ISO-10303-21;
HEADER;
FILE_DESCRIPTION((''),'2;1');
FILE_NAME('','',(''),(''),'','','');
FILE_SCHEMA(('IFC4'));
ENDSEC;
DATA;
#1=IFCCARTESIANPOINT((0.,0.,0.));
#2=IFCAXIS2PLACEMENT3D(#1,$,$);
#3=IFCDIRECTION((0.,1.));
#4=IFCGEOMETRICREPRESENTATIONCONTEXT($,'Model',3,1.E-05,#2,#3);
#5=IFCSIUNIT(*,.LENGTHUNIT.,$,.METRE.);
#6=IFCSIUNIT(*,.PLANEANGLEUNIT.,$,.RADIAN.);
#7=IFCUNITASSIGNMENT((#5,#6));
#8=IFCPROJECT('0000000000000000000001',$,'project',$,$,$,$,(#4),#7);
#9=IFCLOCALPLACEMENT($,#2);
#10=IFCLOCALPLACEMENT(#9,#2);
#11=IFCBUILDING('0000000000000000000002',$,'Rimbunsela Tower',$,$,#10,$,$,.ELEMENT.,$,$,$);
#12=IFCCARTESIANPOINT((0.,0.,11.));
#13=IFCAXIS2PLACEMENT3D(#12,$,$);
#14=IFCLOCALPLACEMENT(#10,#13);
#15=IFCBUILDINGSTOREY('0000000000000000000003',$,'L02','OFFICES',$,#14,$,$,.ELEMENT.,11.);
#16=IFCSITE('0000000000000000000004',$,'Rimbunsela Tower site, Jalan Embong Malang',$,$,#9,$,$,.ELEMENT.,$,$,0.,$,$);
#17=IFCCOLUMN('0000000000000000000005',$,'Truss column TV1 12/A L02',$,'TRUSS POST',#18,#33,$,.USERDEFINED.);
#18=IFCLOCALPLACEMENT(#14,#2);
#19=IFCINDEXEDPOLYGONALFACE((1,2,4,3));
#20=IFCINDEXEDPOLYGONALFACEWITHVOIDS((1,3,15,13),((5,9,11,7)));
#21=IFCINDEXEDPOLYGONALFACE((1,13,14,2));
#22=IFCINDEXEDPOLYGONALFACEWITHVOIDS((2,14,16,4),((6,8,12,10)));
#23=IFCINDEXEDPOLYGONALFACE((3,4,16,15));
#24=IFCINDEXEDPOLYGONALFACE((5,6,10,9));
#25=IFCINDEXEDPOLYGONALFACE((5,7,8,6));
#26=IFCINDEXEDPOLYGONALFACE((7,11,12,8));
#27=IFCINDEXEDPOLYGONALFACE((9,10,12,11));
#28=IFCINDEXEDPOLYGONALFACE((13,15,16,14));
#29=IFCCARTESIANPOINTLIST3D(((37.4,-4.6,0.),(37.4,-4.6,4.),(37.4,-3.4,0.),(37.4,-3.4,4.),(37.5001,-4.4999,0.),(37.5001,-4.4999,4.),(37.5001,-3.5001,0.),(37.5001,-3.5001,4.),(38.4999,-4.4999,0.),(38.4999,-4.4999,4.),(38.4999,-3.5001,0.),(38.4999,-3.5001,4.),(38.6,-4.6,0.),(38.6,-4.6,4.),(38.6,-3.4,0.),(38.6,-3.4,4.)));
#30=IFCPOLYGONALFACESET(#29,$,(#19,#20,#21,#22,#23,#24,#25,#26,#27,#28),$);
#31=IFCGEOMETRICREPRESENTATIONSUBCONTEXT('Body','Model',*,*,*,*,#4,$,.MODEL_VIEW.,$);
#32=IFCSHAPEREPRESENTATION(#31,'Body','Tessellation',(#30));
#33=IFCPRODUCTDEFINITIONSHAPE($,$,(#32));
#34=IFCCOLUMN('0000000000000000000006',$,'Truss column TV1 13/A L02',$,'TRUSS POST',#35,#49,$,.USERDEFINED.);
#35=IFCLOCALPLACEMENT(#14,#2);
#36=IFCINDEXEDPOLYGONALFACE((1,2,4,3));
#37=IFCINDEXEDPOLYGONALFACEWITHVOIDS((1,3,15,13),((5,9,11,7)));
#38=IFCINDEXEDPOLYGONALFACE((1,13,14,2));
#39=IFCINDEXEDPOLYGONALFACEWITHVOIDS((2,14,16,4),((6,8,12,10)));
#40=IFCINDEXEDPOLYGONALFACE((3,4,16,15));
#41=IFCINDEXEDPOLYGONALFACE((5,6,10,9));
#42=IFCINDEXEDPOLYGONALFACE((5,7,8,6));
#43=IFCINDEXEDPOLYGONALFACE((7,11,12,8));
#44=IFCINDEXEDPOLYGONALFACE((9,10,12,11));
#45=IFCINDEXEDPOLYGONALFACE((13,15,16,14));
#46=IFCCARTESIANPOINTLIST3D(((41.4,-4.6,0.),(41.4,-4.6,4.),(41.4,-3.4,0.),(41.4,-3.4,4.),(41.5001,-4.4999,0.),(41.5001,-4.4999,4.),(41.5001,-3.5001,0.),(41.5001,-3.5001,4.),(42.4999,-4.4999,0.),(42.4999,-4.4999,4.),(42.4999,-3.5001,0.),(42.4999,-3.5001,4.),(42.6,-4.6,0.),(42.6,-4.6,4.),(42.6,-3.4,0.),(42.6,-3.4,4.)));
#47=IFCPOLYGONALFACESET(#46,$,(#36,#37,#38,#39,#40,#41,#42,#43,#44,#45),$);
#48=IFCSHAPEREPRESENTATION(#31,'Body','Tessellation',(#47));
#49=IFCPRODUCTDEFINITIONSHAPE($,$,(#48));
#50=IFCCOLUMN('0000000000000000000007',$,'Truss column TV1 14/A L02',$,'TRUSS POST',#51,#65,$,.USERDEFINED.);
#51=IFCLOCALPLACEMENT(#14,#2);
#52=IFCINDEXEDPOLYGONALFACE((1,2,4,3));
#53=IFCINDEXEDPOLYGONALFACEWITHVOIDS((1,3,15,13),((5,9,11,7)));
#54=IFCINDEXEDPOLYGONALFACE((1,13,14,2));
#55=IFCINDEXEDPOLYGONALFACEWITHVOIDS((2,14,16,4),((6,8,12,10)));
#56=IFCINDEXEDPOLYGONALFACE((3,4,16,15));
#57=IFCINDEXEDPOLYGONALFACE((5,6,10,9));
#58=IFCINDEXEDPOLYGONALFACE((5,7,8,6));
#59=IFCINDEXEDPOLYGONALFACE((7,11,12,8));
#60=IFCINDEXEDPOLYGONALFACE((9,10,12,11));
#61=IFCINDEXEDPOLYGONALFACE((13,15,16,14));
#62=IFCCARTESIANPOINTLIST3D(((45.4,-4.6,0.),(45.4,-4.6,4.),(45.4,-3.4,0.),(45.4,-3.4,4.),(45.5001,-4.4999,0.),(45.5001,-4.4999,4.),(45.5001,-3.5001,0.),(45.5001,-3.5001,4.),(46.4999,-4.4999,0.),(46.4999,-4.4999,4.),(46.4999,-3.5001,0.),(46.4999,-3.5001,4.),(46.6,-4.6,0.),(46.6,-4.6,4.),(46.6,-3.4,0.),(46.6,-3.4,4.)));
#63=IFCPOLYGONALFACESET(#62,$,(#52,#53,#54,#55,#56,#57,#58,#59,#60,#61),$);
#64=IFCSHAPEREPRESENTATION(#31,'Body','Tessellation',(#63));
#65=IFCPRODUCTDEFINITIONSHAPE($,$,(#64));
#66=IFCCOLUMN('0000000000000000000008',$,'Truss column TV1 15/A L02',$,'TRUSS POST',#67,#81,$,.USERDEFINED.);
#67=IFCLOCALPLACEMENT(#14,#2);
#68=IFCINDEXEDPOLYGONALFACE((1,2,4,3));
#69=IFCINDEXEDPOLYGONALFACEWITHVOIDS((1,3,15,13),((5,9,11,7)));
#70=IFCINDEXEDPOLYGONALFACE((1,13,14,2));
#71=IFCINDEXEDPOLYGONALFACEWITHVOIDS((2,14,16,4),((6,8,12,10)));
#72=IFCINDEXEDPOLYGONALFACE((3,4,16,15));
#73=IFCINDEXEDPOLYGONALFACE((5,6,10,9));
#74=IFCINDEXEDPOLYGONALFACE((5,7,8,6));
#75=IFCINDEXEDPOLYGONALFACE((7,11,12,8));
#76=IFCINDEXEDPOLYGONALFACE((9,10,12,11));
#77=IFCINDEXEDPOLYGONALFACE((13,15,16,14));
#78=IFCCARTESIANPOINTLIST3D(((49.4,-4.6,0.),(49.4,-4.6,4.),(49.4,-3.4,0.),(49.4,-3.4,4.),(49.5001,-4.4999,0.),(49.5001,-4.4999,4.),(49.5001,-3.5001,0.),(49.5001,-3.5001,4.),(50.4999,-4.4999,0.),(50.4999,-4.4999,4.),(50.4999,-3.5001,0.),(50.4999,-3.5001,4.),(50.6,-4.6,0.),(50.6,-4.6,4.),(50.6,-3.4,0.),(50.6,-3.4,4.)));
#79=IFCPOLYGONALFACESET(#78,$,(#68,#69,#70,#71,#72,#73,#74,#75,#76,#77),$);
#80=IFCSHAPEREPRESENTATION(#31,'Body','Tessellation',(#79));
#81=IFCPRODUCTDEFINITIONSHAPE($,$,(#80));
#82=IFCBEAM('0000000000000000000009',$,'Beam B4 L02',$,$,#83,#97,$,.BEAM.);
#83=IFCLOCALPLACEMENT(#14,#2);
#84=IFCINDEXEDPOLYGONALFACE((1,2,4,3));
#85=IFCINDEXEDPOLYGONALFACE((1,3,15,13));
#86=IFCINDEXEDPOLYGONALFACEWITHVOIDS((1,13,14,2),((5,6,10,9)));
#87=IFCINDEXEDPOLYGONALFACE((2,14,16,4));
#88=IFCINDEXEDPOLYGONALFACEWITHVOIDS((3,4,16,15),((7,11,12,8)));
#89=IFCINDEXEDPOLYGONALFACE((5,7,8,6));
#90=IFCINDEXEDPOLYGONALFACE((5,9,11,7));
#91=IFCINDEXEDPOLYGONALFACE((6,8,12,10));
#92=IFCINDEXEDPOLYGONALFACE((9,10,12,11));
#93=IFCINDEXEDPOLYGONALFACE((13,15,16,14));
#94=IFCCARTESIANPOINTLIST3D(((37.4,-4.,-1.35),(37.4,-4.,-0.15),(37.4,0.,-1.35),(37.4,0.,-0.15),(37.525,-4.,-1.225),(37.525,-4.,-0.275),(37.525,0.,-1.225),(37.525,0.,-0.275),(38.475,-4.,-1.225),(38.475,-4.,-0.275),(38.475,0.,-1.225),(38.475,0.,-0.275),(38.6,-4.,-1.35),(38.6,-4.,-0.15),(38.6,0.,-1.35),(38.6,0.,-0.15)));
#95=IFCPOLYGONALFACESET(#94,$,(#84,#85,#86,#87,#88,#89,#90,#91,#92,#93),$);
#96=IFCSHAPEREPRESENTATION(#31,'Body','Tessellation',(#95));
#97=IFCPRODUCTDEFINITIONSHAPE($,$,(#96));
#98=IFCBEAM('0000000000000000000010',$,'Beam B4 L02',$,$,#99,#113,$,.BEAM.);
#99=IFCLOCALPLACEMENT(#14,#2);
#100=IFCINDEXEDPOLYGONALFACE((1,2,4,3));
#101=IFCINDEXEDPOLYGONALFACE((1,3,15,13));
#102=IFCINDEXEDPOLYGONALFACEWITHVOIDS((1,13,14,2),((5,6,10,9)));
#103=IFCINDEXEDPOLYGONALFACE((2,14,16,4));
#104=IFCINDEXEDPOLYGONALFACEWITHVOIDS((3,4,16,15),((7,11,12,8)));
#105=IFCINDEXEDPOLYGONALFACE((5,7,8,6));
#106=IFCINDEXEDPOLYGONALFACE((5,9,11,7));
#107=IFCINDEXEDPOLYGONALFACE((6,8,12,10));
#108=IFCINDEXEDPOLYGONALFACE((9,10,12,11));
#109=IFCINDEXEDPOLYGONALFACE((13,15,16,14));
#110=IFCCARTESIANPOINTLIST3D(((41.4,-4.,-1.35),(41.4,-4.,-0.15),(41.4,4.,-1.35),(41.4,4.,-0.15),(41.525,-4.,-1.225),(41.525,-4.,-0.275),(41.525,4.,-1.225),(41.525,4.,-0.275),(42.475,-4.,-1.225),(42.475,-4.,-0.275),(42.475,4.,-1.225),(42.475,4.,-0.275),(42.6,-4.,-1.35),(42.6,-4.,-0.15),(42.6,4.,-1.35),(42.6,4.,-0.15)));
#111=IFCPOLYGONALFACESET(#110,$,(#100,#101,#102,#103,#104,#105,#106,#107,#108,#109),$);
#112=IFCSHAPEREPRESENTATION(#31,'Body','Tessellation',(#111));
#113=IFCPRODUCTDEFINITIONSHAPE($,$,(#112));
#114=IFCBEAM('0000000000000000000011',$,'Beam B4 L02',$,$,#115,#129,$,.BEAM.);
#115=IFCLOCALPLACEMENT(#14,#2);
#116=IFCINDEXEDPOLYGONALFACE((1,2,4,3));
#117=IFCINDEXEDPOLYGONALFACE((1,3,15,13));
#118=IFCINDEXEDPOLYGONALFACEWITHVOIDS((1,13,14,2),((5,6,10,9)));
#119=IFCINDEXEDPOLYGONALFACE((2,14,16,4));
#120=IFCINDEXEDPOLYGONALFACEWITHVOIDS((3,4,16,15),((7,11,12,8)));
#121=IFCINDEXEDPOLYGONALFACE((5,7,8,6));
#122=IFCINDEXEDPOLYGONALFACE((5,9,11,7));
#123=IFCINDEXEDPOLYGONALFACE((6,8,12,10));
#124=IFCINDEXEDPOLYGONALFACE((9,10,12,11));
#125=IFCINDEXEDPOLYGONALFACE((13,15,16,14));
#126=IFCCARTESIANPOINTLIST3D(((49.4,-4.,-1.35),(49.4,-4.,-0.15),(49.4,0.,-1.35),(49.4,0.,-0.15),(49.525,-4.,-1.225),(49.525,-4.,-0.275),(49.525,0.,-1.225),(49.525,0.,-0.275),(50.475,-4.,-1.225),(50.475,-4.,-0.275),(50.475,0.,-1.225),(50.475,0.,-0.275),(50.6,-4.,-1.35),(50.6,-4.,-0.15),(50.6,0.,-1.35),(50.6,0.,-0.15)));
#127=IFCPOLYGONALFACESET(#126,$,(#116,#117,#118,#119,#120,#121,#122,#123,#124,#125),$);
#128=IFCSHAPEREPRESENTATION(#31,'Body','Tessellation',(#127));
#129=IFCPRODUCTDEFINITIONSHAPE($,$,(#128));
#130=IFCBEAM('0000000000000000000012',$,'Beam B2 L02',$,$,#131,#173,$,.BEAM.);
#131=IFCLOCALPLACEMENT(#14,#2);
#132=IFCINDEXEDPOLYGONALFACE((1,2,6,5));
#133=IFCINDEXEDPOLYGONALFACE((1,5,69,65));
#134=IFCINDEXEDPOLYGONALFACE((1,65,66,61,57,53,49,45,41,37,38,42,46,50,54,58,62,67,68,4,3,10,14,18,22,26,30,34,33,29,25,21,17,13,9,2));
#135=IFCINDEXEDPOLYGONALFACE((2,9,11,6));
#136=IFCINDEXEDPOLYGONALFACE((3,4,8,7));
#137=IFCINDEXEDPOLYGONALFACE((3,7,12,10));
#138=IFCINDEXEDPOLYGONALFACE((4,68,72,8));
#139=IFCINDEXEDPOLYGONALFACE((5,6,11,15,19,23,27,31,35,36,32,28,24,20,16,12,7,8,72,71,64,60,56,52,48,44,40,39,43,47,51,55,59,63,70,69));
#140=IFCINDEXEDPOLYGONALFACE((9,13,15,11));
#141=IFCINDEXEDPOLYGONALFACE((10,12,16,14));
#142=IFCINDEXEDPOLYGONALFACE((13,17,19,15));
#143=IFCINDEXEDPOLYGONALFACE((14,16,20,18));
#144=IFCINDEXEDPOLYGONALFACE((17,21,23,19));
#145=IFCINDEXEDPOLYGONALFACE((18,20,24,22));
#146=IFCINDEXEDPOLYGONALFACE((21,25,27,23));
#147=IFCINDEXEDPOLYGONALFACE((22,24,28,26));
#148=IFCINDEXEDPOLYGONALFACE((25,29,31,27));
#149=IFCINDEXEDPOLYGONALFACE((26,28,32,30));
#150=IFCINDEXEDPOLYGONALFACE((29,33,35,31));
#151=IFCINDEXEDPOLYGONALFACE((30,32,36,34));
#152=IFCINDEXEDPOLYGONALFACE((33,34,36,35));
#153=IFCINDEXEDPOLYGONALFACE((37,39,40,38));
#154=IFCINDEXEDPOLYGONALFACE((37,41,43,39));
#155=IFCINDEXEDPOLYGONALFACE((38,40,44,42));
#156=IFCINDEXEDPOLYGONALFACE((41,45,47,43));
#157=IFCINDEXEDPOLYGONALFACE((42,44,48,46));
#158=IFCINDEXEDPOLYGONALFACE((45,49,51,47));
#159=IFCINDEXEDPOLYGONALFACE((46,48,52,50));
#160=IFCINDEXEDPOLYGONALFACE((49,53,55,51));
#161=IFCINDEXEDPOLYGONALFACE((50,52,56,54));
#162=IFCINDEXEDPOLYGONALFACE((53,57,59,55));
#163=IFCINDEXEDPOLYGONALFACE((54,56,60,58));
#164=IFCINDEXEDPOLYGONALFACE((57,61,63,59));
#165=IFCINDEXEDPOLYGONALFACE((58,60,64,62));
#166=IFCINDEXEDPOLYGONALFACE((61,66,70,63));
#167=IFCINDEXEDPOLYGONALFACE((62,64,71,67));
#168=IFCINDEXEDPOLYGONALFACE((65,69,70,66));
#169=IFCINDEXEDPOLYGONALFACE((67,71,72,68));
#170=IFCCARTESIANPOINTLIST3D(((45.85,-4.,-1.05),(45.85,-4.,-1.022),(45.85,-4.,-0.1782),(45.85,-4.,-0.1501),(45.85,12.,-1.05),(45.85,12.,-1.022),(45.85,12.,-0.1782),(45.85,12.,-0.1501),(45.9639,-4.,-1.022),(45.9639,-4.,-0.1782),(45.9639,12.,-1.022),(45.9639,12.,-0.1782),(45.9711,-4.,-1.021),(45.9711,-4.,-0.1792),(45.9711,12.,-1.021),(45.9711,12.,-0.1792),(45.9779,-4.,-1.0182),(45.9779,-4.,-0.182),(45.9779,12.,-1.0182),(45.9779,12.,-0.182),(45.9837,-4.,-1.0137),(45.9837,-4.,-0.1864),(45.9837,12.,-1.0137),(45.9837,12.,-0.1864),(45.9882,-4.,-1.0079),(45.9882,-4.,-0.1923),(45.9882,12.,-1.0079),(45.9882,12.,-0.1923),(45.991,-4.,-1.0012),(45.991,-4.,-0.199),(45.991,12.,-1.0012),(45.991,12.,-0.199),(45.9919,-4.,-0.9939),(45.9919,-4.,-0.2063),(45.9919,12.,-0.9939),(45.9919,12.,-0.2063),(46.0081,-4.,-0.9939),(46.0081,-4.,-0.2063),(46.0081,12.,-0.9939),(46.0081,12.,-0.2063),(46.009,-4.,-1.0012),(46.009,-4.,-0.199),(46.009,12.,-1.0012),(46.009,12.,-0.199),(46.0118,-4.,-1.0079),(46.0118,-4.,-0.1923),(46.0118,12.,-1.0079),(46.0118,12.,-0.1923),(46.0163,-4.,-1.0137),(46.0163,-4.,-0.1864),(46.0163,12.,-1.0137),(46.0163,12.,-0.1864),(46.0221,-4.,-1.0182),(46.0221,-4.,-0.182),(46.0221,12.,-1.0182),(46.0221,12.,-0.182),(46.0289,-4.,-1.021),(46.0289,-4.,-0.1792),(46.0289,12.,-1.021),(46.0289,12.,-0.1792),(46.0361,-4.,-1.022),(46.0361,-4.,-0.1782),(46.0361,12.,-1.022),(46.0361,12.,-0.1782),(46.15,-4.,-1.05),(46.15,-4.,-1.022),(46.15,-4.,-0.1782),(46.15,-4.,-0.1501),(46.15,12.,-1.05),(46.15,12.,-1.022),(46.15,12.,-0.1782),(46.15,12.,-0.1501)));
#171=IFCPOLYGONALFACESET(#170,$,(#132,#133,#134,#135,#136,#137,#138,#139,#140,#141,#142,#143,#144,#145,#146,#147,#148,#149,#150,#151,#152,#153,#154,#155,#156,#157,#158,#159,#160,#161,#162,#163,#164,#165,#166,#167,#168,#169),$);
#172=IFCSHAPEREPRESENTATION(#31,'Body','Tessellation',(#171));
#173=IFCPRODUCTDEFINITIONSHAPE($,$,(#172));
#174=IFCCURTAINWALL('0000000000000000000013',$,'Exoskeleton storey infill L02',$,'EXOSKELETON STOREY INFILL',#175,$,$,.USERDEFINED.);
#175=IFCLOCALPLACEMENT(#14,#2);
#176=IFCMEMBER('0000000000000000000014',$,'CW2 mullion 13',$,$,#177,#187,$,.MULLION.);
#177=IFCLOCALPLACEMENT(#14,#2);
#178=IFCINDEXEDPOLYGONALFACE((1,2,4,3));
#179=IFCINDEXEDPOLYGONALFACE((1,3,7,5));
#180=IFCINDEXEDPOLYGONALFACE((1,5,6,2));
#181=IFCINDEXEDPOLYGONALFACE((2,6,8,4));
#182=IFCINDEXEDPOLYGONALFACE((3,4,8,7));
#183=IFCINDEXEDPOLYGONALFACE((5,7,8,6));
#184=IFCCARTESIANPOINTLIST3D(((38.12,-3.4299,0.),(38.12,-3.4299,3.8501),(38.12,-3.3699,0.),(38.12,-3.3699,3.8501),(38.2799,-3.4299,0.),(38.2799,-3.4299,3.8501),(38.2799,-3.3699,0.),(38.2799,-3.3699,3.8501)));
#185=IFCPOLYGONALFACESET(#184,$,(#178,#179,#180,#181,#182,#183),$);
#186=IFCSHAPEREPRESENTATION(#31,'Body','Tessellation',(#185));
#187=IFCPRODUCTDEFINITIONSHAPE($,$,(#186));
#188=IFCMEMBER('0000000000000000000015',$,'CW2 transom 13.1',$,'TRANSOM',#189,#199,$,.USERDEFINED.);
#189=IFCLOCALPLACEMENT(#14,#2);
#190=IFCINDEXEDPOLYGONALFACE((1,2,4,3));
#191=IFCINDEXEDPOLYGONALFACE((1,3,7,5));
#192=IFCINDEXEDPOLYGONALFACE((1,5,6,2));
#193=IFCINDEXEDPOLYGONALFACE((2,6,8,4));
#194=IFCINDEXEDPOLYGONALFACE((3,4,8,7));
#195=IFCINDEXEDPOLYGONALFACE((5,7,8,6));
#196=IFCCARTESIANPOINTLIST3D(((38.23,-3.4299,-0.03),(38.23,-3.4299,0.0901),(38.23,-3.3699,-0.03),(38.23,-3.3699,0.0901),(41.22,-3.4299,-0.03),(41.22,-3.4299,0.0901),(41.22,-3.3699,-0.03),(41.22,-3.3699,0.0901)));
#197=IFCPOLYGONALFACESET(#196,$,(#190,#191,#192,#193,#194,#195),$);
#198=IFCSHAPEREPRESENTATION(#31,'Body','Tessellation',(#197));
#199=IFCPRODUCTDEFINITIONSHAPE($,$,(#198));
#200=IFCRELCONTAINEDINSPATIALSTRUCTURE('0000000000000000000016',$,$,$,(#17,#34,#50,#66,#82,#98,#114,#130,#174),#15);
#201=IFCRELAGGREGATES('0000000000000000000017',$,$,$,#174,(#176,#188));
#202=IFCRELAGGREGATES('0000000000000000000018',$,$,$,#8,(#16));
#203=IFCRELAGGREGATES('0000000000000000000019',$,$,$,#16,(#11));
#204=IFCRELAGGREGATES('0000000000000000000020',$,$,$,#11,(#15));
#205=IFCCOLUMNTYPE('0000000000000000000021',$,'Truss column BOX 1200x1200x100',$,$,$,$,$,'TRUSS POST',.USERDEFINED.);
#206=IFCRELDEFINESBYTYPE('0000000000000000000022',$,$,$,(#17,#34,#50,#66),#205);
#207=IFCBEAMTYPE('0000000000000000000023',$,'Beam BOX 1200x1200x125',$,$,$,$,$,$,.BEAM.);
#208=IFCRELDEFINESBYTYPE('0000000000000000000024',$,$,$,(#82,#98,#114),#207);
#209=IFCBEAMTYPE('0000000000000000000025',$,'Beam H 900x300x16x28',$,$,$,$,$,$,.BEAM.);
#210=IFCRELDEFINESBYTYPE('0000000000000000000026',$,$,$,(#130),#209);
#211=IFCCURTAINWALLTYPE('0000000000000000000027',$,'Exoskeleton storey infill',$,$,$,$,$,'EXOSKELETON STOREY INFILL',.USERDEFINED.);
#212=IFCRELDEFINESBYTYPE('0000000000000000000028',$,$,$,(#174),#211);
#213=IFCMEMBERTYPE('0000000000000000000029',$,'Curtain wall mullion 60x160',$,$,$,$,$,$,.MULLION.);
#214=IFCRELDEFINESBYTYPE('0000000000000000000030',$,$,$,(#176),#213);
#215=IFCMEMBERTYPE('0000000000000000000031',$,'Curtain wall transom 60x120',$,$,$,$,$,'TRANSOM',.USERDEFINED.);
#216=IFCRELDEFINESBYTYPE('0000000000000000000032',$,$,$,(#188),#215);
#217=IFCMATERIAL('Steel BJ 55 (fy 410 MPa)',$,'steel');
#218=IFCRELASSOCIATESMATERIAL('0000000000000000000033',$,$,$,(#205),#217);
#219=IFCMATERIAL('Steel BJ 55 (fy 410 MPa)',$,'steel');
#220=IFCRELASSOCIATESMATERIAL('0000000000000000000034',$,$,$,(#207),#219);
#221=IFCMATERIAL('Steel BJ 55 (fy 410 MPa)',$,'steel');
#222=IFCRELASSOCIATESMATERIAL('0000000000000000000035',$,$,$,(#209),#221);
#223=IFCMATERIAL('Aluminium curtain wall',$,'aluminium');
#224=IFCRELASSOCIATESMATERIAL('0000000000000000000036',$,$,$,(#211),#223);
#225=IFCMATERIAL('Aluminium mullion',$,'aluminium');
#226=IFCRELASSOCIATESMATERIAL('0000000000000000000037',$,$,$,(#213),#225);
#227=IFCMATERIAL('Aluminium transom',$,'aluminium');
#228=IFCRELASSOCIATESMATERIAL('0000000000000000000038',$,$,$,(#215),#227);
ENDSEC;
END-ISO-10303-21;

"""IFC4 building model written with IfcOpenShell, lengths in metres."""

from ifc_helpers import new_model, si_unit, direction, frame, origin, origin_2d, place, context, subcontext, project, spatial, rectangle, hollow_rectangle, i_section, extrude, material, material_profile, profile_set, type_object, element, aggregate, save


model = new_model("IFC4")

# Units and contexts
model_context = context("Model", 3, precision=1e-05, world=origin(), true_north=direction((0.0, 1.0)))
body_context = subcontext(model_context, "Body", "Model", "MODEL_VIEW")
ifc_project = project(units=[si_unit("LENGTHUNIT", "METRE"), si_unit("PLANEANGLEUNIT", "RADIAN")], contexts=[model_context])

# Site, building, storey
site_placement = place(None, origin())
site = spatial("IfcSite", under=ifc_project, at=site_placement, Name="Rimbunsela Tower site, Jalan Embong Malang", CompositionType="ELEMENT", RefElevation=0.0)
building_placement = place(site_placement, origin())
building = spatial("IfcBuilding", under=site, at=building_placement, Name="Rimbunsela Tower", CompositionType="ELEMENT")
storey_placement = place(building_placement, frame((0.0, 0.0, 11.0)))
storey = spatial("IfcBuildingStorey", under=building, at=storey_placement, Name="L02", Description="OFFICES", CompositionType="ELEMENT", Elevation=11.0)

# Columns
ifc_material_1 = material(Name="Steel BJ 55 (fy 410 MPa)", Category="steel")
ifc_material_profile_1 = material_profile(ifc_material_1, hollow_rectangle(XDim=1.2, YDim=1.2, WallThickness=0.1001, at=origin_2d()), Name="BOX 1200x1200x100")
ifc_profile_set_1 = profile_set([ifc_material_profile_1], Name="Steel BJ 55 (fy 410 MPa)")
column_type = type_object("IfcColumnType", Name="Truss column BOX 1200x1200x100", ElementType="TRUSS POST", PredefinedType="USERDEFINED", material=ifc_profile_set_1)
for number, where, z_axis, x_axis, name in (
    (1, (38.0, -4.0, 0.0), (0.0, 0.0, 1.0), (1.0, 0.0, 0.0), "Truss column TV1 12/A L02"),
    (2, (42.0, -4.0, 0.0), (0.0, 0.0, 1.0), (1.0, 0.0, 0.0), "Truss column TV1 13/A L02"),
    (3, (46.0, -4.0, 0.0), (0.0, 0.0, 1.0), (1.0, 0.0, 0.0), "Truss column TV1 14/A L02"),
    (4, (50.0, -4.0, 0.0), (0.0, 0.0, 1.0), (1.0, 0.0, 0.0), "Truss column TV1 15/A L02"),
):
    element("IfcColumn", number, at=place(storey_placement, frame(where, z_axis=z_axis, x_axis=x_axis)), inside=storey, type_object=column_type, Name=name, ObjectType="TRUSS POST", PredefinedType="USERDEFINED", context=body_context, shape_type="SweptSolid", body=[
        extrude(hollow_rectangle(XDim=1.2, YDim=1.2, WallThickness=0.1001, at=origin_2d()), origin(), (0.0, 0.0, 1.0), 4.0),
    ])

# Beams
ifc_material_2 = material(Name="Steel BJ 55 (fy 410 MPa)", Category="steel")
ifc_material_profile_2 = material_profile(ifc_material_2, hollow_rectangle(XDim=1.2, YDim=1.2, WallThickness=0.125, at=origin_2d()), Name="BOX 1200x1200x125")
ifc_profile_set_2 = profile_set([ifc_material_profile_2], Name="Steel BJ 55 (fy 410 MPa)")
beam_type_1 = type_object("IfcBeamType", Name="Beam BOX 1200x1200x125", PredefinedType="BEAM", material=ifc_profile_set_2)
beam_1_placement = place(storey_placement, frame((38.0, -4.0, -0.75), z_axis=(0.0, 1.0, 0.0), x_axis=(-1.0, 0.0, 0.0)))
element("IfcBeam", 5, at=beam_1_placement, inside=storey, type_object=beam_type_1, Name="Beam B4 L02", PredefinedType="BEAM", context=body_context, shape_type="SweptSolid", body=[
    extrude(hollow_rectangle(XDim=1.2, YDim=1.2, WallThickness=0.125, at=origin_2d()), origin(), (0.0, 0.0, 1.0), 4.0),
])
beam_2_placement = place(storey_placement, frame((42.0, -4.0, -0.75), z_axis=(0.0, 1.0, 0.0), x_axis=(-1.0, 0.0, 0.0)))
element("IfcBeam", 6, at=beam_2_placement, inside=storey, type_object=beam_type_1, Name="Beam B4 L02", PredefinedType="BEAM", context=body_context, shape_type="SweptSolid", body=[
    extrude(hollow_rectangle(XDim=1.2, YDim=1.2, WallThickness=0.125, at=origin_2d()), origin(), (0.0, 0.0, 1.0), 8.0),
])
beam_3_placement = place(storey_placement, frame((50.0, -4.0, -0.75), z_axis=(0.0, 1.0, 0.0), x_axis=(-1.0, 0.0, 0.0)))
element("IfcBeam", 7, at=beam_3_placement, inside=storey, type_object=beam_type_1, Name="Beam B4 L02", PredefinedType="BEAM", context=body_context, shape_type="SweptSolid", body=[
    extrude(hollow_rectangle(XDim=1.2, YDim=1.2, WallThickness=0.125, at=origin_2d()), origin(), (0.0, 0.0, 1.0), 4.0),
])
ifc_material_3 = material(Name="Steel BJ 55 (fy 410 MPa)", Category="steel")
ifc_material_profile_3 = material_profile(ifc_material_3, i_section(OverallWidth=0.3, OverallDepth=0.8999, WebThickness=0.0161, FlangeThickness=0.0281, FilletRadius=0.0281, at=origin_2d()), Name="H 900x300x16x28")
ifc_profile_set_3 = profile_set([ifc_material_profile_3], Name="Steel BJ 55 (fy 410 MPa)")
beam_type_2 = type_object("IfcBeamType", Name="Beam H 900x300x16x28", PredefinedType="BEAM", material=ifc_profile_set_3)
beam_4_placement = place(storey_placement, frame((46.0, -4.0, -0.6001), z_axis=(0.0, 1.0, 0.0), x_axis=(-1.0, 0.0, 0.0)))
element("IfcBeam", 8, at=beam_4_placement, inside=storey, type_object=beam_type_2, Name="Beam B2 L02", PredefinedType="BEAM", context=body_context, shape_type="SweptSolid", body=[
    extrude(i_section(OverallWidth=0.3, OverallDepth=0.8999, WebThickness=0.0161, FlangeThickness=0.0281, FilletRadius=0.0281, at=origin_2d()), origin(), (0.0, 0.0, 1.0), 16.0),
])

# Curtain wall, members
ifc_material_4 = material(Name="Aluminium curtain wall", Category="aluminium")
curtain_wall_type = type_object("IfcCurtainWallType", Name="Exoskeleton storey infill", ElementType="EXOSKELETON STOREY INFILL", PredefinedType="USERDEFINED", material=ifc_material_4)
curtain_wall_placement = place(storey_placement, origin())
curtain_wall = element("IfcCurtainWall", 9, at=curtain_wall_placement, inside=storey, type_object=curtain_wall_type, Name="Exoskeleton storey infill L02", ObjectType="EXOSKELETON STOREY INFILL", PredefinedType="USERDEFINED")
ifc_material_5 = material(Name="Aluminium mullion", Category="aluminium")
ifc_material_profile_4 = material_profile(ifc_material_5, rectangle(XDim=0.0601, YDim=0.1599, at=origin_2d()), Name="Mullion 60x160")
ifc_profile_set_4 = profile_set([ifc_material_profile_4], Name="Aluminium mullion")
member_type_1 = type_object("IfcMemberType", Name="Curtain wall mullion 60x160", PredefinedType="MULLION", material=ifc_profile_set_4)
member_1_placement = place(storey_placement, frame((38.2, -3.3999, 0.0), z_axis=(0.0, 0.0, 1.0), x_axis=(0.0, 1.0, 0.0)))
member_1 = element("IfcMember", 10, at=member_1_placement, type_object=member_type_1, Name="CW2 mullion 13", PredefinedType="MULLION", context=body_context, shape_type="SweptSolid", body=[
    extrude(rectangle(XDim=0.0601, YDim=0.1599, at=origin_2d()), origin(), (0.0, 0.0, 1.0), 3.8501),
])
ifc_material_6 = material(Name="Aluminium transom", Category="aluminium")
ifc_material_profile_5 = material_profile(ifc_material_6, rectangle(XDim=0.0601, YDim=0.1201, at=origin_2d()), Name="Transom 60x120")
ifc_profile_set_5 = profile_set([ifc_material_profile_5], Name="Aluminium transom")
member_type_2 = type_object("IfcMemberType", Name="Curtain wall transom 60x120", ElementType="TRANSOM", PredefinedType="USERDEFINED", material=ifc_profile_set_5)
member_2_placement = place(storey_placement, frame((38.23, -3.3999, 0.03), z_axis=(1.0, 0.0, 0.0), x_axis=(0.0, 1.0, 0.0)))
member_2 = element("IfcMember", 11, at=member_2_placement, type_object=member_type_2, Name="CW2 transom 13.1", ObjectType="TRANSOM", PredefinedType="USERDEFINED", context=body_context, shape_type="SweptSolid", body=[
    extrude(rectangle(XDim=0.0601, YDim=0.1201, at=origin_2d()), origin(), (0.0, 0.0, 1.0), 2.99),
])
aggregate(curtain_wall, [member_1, member_2])

save(model, "model.ifc")
